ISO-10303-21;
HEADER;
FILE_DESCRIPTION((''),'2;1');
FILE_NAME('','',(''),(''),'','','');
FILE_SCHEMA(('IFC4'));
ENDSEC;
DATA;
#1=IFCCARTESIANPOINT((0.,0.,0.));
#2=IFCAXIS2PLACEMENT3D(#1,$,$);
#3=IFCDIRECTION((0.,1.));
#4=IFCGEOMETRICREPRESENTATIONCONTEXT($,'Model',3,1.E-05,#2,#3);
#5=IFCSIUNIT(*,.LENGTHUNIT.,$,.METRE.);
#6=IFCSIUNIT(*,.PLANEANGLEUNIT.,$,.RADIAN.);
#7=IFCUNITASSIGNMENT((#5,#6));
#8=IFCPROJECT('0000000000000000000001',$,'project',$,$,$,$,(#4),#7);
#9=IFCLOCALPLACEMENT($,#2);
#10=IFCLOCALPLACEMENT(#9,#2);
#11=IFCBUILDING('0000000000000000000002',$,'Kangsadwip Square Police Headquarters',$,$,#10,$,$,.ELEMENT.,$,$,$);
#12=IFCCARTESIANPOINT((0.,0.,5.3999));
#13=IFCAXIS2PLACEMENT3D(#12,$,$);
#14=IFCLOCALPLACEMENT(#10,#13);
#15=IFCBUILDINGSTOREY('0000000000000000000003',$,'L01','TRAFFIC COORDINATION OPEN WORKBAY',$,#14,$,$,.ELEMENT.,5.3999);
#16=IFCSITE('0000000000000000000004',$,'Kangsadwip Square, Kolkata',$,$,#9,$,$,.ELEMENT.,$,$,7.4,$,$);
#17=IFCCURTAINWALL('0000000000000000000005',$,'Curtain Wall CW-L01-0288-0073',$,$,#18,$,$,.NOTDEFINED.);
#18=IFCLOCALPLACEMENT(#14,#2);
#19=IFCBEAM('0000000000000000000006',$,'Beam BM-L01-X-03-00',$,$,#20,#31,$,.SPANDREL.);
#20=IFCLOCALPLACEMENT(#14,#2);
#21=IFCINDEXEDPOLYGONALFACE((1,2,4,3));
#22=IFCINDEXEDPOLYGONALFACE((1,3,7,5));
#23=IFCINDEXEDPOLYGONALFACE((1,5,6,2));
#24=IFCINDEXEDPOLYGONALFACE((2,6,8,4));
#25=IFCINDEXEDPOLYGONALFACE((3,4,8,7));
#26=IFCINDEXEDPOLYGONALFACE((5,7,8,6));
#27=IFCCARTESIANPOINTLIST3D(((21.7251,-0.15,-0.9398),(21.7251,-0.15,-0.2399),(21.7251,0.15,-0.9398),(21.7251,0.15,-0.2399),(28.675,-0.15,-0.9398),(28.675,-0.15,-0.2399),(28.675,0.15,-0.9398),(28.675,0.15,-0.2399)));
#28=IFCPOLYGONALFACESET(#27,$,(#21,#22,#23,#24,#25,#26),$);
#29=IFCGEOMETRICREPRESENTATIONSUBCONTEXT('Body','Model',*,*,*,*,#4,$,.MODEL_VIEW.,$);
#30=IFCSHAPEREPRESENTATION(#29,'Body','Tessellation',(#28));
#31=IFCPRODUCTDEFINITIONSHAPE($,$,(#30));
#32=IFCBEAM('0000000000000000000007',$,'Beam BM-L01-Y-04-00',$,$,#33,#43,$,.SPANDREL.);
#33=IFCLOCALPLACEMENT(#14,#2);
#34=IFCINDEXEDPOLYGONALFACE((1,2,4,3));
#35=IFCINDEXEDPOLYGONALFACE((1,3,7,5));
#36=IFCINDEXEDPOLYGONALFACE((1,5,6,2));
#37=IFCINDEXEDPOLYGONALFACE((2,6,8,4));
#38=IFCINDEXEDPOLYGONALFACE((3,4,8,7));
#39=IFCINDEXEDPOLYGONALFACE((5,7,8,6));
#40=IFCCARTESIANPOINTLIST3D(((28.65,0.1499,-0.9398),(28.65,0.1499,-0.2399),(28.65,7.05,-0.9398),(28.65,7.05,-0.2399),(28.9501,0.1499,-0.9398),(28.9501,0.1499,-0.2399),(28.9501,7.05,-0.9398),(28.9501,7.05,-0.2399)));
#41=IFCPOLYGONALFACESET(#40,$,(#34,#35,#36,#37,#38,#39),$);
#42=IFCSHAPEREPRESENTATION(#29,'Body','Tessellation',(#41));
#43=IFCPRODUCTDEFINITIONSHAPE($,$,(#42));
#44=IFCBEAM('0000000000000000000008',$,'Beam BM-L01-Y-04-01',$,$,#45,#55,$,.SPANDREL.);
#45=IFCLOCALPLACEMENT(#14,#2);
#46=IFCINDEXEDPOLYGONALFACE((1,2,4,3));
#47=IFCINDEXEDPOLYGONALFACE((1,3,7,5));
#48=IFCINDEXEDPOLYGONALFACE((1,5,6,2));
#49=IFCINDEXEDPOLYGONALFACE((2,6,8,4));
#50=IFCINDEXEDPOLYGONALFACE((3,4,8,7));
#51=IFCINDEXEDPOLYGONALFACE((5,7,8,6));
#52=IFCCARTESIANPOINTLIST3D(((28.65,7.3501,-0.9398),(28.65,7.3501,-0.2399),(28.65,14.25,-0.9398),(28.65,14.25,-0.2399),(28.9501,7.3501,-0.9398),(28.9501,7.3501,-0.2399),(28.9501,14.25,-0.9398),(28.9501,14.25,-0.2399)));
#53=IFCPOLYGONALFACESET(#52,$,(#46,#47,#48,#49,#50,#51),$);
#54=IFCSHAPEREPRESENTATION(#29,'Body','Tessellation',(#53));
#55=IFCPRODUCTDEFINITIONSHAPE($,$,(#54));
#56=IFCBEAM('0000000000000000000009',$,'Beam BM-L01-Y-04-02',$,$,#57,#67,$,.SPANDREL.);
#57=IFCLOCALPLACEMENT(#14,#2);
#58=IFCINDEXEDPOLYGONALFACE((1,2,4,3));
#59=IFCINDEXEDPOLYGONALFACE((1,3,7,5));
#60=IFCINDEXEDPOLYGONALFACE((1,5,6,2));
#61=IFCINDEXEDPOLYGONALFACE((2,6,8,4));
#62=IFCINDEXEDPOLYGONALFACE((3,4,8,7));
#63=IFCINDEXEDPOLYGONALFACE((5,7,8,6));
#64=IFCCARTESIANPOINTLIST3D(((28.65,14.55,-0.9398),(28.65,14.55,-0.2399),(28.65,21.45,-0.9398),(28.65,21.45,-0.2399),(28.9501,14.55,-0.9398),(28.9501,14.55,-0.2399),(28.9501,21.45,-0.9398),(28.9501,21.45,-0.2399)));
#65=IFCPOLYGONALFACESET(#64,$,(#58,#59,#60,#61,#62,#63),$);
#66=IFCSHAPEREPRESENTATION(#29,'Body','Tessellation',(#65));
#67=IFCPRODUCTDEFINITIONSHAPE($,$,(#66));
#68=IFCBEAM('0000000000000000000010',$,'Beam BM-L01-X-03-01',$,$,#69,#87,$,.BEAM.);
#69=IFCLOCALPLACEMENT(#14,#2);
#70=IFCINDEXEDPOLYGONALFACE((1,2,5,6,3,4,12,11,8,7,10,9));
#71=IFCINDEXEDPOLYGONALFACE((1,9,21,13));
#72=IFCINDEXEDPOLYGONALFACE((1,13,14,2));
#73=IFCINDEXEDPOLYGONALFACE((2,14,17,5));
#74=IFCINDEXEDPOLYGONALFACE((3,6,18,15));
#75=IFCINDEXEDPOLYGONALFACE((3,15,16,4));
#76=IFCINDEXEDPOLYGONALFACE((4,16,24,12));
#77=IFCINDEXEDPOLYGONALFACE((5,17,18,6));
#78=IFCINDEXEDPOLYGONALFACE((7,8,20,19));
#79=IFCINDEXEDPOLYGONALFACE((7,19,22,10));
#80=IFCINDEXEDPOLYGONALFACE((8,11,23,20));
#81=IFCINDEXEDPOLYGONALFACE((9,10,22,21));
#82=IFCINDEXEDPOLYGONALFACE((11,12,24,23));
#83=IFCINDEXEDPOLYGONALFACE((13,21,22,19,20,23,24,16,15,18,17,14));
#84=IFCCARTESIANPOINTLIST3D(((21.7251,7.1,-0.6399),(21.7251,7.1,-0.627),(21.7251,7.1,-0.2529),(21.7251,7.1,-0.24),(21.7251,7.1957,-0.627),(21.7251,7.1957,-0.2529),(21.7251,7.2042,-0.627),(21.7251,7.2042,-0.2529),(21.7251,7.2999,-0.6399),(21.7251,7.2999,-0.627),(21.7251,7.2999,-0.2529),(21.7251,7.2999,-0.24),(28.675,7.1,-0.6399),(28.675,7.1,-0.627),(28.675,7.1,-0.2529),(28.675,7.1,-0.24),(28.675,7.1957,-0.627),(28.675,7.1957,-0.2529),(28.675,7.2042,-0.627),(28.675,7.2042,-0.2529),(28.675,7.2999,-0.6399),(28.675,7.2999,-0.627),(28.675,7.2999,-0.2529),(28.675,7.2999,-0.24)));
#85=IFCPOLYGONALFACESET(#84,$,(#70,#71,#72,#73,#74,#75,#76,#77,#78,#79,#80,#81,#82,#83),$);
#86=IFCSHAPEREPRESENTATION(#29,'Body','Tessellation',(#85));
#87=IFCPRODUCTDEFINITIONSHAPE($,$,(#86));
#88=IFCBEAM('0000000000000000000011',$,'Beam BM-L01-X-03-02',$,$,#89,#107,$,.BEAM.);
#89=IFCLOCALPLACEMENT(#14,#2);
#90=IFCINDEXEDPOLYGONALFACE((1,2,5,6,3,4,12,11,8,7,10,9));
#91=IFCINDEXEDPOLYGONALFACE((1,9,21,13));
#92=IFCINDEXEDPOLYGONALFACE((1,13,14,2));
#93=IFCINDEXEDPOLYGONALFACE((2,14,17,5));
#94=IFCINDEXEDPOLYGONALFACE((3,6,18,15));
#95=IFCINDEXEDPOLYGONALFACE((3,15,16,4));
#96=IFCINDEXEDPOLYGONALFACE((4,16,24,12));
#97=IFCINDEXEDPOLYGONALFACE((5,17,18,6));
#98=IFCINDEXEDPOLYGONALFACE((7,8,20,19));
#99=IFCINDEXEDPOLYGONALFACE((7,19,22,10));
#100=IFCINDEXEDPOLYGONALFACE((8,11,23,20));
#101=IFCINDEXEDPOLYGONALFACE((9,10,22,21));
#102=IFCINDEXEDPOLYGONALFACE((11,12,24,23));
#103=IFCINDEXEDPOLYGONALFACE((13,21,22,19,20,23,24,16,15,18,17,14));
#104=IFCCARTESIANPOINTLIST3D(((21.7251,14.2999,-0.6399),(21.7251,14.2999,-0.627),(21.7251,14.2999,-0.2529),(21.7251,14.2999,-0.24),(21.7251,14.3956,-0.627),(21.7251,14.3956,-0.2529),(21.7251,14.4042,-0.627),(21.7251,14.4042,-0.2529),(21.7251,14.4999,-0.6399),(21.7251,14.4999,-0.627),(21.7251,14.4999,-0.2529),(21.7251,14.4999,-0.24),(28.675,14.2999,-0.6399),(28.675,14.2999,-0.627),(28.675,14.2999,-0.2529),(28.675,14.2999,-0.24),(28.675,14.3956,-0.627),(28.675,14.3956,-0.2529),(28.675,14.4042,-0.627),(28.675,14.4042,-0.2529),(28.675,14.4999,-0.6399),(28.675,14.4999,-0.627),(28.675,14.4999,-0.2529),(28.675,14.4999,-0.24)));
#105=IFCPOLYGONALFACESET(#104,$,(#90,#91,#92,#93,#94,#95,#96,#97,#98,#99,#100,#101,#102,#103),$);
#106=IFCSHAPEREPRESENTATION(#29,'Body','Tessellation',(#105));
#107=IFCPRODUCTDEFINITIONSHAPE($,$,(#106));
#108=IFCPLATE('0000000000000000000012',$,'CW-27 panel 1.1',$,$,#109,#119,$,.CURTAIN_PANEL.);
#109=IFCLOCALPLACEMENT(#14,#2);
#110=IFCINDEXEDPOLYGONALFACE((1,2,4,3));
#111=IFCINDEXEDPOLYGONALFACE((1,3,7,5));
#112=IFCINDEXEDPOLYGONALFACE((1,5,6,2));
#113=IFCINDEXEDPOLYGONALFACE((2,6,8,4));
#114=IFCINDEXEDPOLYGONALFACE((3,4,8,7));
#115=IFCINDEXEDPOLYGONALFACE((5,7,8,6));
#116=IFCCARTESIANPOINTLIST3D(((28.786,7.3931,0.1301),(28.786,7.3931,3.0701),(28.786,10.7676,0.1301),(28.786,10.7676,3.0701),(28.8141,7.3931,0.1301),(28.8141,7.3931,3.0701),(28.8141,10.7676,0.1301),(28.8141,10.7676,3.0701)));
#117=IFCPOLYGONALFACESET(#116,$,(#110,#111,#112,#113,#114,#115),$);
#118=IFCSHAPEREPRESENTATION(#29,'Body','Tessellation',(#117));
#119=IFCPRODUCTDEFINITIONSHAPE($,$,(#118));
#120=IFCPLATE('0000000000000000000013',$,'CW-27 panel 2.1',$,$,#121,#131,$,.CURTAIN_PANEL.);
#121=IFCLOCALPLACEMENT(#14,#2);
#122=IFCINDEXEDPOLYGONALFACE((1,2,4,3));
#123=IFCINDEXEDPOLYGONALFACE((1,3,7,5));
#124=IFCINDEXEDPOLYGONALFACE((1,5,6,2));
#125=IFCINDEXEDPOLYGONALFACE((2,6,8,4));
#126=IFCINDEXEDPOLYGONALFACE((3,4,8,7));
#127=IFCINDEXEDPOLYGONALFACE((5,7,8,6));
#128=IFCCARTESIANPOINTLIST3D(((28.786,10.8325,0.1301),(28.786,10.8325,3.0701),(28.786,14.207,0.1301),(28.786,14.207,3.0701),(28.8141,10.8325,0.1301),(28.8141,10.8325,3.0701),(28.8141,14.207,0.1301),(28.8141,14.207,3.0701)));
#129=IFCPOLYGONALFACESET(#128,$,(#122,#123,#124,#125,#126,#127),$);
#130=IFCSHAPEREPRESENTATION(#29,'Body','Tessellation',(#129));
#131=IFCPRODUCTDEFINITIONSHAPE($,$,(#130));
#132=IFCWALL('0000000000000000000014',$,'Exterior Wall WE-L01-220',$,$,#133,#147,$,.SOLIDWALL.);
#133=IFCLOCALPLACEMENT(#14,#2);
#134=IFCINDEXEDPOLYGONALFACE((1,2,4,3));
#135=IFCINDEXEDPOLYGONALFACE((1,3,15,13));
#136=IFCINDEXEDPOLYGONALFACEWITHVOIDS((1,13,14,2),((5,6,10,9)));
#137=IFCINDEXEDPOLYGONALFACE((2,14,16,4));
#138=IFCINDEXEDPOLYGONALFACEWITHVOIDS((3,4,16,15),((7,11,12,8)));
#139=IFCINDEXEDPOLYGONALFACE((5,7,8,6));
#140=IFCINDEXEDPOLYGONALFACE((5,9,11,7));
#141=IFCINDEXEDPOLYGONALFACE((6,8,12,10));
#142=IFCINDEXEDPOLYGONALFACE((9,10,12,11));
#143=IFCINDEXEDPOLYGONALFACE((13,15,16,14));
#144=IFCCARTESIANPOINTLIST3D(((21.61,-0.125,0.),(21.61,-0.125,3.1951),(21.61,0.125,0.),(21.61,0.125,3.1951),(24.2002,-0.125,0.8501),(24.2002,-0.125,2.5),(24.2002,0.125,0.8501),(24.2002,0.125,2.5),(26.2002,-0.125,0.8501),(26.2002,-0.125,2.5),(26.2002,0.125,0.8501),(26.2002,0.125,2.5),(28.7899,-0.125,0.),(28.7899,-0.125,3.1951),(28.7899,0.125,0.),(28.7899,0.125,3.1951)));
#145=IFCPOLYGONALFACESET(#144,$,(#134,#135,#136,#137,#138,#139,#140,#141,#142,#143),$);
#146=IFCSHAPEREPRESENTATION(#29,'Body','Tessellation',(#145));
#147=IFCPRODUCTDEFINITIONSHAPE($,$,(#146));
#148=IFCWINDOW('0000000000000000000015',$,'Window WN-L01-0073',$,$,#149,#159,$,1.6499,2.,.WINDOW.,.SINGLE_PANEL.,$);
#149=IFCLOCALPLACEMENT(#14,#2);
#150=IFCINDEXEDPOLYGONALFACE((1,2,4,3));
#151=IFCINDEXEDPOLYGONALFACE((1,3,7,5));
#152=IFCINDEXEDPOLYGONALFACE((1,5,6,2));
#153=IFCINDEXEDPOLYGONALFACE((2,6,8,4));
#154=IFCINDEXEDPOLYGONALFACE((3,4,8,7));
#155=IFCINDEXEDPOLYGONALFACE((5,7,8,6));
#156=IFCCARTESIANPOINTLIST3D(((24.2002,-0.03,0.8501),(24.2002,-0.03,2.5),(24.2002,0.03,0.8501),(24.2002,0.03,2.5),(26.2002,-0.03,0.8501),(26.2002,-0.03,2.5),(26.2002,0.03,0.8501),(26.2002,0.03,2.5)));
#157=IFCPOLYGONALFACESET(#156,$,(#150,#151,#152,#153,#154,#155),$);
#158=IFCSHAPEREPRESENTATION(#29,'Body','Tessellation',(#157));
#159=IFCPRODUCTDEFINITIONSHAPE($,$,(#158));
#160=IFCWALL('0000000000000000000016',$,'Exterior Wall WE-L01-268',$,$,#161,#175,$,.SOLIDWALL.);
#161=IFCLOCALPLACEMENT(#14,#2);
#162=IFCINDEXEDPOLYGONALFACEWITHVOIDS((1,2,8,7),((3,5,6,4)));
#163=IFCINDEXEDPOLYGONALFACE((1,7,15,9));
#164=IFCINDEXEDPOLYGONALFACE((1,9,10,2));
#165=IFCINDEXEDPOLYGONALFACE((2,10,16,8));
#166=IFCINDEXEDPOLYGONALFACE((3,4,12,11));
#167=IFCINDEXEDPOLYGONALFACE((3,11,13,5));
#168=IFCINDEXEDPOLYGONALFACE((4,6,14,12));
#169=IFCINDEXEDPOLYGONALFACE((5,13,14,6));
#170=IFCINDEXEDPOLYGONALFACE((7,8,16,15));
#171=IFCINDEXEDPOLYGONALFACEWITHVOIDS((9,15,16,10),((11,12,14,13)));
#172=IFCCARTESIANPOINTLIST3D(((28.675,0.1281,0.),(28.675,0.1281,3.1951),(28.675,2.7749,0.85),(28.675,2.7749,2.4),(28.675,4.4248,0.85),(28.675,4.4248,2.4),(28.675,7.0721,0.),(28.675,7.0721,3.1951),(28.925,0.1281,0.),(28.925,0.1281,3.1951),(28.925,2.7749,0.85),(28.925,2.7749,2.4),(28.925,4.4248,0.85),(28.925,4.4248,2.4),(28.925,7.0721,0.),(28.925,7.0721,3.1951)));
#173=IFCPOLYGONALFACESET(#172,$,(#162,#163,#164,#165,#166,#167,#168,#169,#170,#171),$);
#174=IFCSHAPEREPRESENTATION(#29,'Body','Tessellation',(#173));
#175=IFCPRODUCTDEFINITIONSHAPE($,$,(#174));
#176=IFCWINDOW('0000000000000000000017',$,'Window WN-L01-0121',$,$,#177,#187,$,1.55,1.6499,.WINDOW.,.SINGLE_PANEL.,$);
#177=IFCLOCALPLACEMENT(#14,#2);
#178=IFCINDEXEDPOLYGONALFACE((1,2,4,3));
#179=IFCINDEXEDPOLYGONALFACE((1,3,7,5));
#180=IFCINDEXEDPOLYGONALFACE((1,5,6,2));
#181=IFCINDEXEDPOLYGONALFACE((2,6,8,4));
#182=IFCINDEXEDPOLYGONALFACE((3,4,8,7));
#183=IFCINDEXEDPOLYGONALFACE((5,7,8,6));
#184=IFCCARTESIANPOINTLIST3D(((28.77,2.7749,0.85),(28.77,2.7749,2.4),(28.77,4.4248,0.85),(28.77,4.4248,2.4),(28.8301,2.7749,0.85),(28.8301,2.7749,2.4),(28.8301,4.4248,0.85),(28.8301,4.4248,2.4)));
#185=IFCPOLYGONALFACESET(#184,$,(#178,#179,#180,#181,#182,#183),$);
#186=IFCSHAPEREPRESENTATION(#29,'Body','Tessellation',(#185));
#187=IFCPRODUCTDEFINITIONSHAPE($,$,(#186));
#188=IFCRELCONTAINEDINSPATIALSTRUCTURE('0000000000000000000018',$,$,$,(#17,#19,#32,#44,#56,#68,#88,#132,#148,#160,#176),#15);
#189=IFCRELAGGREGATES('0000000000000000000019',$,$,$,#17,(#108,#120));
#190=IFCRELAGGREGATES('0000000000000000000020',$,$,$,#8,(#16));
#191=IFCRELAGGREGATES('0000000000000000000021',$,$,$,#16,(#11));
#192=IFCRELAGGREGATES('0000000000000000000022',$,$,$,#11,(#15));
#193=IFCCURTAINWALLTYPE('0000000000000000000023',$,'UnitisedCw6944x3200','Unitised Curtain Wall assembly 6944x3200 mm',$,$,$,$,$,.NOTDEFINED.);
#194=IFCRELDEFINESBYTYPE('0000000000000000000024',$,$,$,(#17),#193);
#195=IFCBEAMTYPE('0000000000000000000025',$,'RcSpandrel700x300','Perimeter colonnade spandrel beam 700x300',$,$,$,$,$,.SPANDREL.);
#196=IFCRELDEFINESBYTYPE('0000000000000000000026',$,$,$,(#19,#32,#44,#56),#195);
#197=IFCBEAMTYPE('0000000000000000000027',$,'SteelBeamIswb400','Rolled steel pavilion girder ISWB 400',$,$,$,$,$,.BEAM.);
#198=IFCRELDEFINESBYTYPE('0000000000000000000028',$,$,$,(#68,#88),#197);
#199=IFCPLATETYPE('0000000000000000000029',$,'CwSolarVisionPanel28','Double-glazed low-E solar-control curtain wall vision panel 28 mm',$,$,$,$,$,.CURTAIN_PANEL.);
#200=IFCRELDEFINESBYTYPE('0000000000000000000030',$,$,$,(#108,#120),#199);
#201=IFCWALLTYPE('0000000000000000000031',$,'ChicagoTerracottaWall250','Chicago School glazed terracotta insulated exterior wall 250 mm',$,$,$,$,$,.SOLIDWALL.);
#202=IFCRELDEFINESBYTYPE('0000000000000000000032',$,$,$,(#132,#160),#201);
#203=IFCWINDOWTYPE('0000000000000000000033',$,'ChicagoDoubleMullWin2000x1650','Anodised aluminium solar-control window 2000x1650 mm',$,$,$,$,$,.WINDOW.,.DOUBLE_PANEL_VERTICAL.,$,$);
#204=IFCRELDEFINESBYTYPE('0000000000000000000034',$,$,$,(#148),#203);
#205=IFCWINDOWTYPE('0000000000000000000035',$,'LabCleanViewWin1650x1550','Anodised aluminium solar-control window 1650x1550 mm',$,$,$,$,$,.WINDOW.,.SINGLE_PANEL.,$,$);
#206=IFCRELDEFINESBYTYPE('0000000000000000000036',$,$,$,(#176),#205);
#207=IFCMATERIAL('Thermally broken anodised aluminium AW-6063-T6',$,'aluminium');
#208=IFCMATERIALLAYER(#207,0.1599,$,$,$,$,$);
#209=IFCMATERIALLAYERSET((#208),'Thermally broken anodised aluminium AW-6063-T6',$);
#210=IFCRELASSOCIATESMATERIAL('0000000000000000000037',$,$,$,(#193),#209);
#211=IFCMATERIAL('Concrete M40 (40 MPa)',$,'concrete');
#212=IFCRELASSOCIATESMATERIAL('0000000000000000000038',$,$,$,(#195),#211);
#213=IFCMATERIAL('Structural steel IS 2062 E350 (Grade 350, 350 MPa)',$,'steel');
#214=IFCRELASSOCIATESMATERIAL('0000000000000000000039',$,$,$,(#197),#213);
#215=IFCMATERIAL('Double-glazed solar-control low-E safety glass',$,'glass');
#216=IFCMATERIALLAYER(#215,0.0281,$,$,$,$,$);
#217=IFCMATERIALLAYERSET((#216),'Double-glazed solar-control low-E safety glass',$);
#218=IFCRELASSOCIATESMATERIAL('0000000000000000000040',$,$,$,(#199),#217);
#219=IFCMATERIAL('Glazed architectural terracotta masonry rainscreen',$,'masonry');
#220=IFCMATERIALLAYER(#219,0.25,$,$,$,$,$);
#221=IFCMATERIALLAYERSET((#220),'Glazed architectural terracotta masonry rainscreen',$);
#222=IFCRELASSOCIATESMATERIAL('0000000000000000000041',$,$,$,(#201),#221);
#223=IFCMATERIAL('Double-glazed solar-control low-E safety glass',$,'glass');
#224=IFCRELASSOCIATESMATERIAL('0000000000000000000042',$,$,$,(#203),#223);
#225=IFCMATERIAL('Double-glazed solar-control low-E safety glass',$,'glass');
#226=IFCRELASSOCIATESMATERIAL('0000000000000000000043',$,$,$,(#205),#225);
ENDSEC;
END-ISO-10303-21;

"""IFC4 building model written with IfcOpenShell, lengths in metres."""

from ifc_helpers import new_model, si_unit, direction, frame, frame_2d, origin, origin_2d, place, context, subcontext, project, spatial, rectangle, i_section, extrude, material, layer, layer_set, material_profile, profile_set, type_object, element, fill, aggregate, save


model = new_model("IFC4")

# Units and contexts
model_context = context("Model", 3, precision=1e-05, world=origin(), true_north=direction((0.0, 1.0)))
body_context = subcontext(model_context, "Body", "Model", "MODEL_VIEW")
ifc_project = project(units=[si_unit("LENGTHUNIT", "METRE"), si_unit("PLANEANGLEUNIT", "RADIAN")], contexts=[model_context])

# Site, building, storey
site_placement = place(None, origin())
site = spatial("IfcSite", under=ifc_project, at=site_placement, Name="Kangsadwip Square, Kolkata", CompositionType="ELEMENT", RefElevation=7.4)
building_placement = place(site_placement, origin())
building = spatial("IfcBuilding", under=site, at=building_placement, Name="Kangsadwip Square Police Headquarters", CompositionType="ELEMENT")
storey_placement = place(building_placement, frame((0.0, 0.0, 5.3999)))
storey = spatial("IfcBuildingStorey", under=building, at=storey_placement, Name="L01", Description="TRAFFIC COORDINATION OPEN WORKBAY", CompositionType="ELEMENT", Elevation=5.3999)

# Curtain wall
ifc_material_1 = material(Name="Thermally broken anodised aluminium AW-6063-T6", Category="aluminium")
ifc_layer_1 = layer(ifc_material_1, 0.1599)
ifc_layer_set_1 = layer_set([ifc_layer_1], Name="Thermally broken anodised aluminium AW-6063-T6")
curtain_wall_type = type_object("IfcCurtainWallType", Name="UnitisedCw6944x3200", Description="Unitised Curtain Wall assembly 6944x3200 mm", PredefinedType="NOTDEFINED", material=ifc_layer_set_1)
curtain_wall_placement = place(storey_placement, origin())
curtain_wall = element("IfcCurtainWall", 1, at=curtain_wall_placement, inside=storey, type_object=curtain_wall_type, Name="Curtain Wall CW-L01-0288-0073", PredefinedType="NOTDEFINED")

# Beams
ifc_material_2 = material(Name="Concrete M40 (40 MPa)", Category="concrete")
ifc_material_profile_1 = material_profile(ifc_material_2, rectangle(XDim=0.3, YDim=0.7, at=origin_2d()), Name="RC SPN 700X300")
ifc_profile_set_1 = profile_set([ifc_material_profile_1], Name="Concrete M40 (40 MPa)")
beam_type_1 = type_object("IfcBeamType", Name="RcSpandrel700x300", Description="Perimeter colonnade spandrel beam 700x300", PredefinedType="SPANDREL", material=ifc_profile_set_1)
beam_1_placement = place(storey_placement, frame((21.7251, 0.0, -0.5898), z_axis=(1.0, 0.0, 0.0), x_axis=(0.0, 1.0, 0.0)))
element("IfcBeam", 2, at=beam_1_placement, inside=storey, type_object=beam_type_1, Name="Beam BM-L01-X-03-00", PredefinedType="SPANDREL", context=body_context, shape_type="SweptSolid", body=[
    extrude(rectangle(XDim=0.3, YDim=0.7, at=origin_2d()), origin(), (0.0, 0.0, 1.0), 6.95),
])
beam_2_placement = place(storey_placement, frame((28.8, 0.1499, -0.5898), z_axis=(0.0, 1.0, 0.0), x_axis=(-1.0, 0.0, 0.0)))
element("IfcBeam", 3, at=beam_2_placement, inside=storey, type_object=beam_type_1, Name="Beam BM-L01-Y-04-00", PredefinedType="SPANDREL", context=body_context, shape_type="SweptSolid", body=[
    extrude(rectangle(XDim=0.3, YDim=0.7, at=origin_2d()), origin(), (0.0, 0.0, 1.0), 6.9001),
])
for number, where, z_axis, x_axis, name in (
    (4, (28.8, 7.3501, -0.5898), (0.0, 1.0, 0.0), (-1.0, 0.0, 0.0), "Beam BM-L01-Y-04-01"),
    (5, (28.8, 14.55, -0.5898), (0.0, 1.0, 0.0), (-1.0, 0.0, 0.0), "Beam BM-L01-Y-04-02"),
):
    element("IfcBeam", number, at=place(storey_placement, frame(where, z_axis=z_axis, x_axis=x_axis)), inside=storey, type_object=beam_type_1, Name=name, PredefinedType="SPANDREL", context=body_context, shape_type="SweptSolid", body=[
        extrude(rectangle(XDim=0.3, YDim=0.7, at=origin_2d()), origin(), (0.0, 0.0, 1.0), 6.8999),
    ])
ifc_material_3 = material(Name="Structural steel IS 2062 E350 (Grade 350, 350 MPa)", Category="steel")
ifc_material_profile_2 = material_profile(ifc_material_3, i_section(OverallWidth=0.2, OverallDepth=0.3999, WebThickness=0.0085, FlangeThickness=0.0129, at=origin_2d()), Name="ISWB 400")
ifc_profile_set_2 = profile_set([ifc_material_profile_2], Name="Structural steel IS 2062 E350 (Grade 350, 350 MPa)")
beam_type_2 = type_object("IfcBeamType", Name="SteelBeamIswb400", Description="Rolled steel pavilion girder ISWB 400", PredefinedType="BEAM", material=ifc_profile_set_2)
for number, where, z_axis, x_axis, name in (
    (6, (21.7251, 7.2, -0.4399), (1.0, 0.0, 0.0), (0.0, 1.0, 0.0), "Beam BM-L01-X-03-01"),
    (7, (21.7251, 14.3999, -0.4399), (1.0, 0.0, 0.0), (0.0, 1.0, 0.0), "Beam BM-L01-X-03-02"),
):
    element("IfcBeam", number, at=place(storey_placement, frame(where, z_axis=z_axis, x_axis=x_axis)), inside=storey, type_object=beam_type_2, Name=name, PredefinedType="BEAM", context=body_context, shape_type="SweptSolid", body=[
        extrude(i_section(OverallWidth=0.2, OverallDepth=0.3999, WebThickness=0.0085, FlangeThickness=0.0129, at=origin_2d()), origin(), (0.0, 0.0, 1.0), 6.95),
    ])

# Plates
ifc_material_4 = material(Name="Double-glazed solar-control low-E safety glass", Category="glass")
ifc_layer_2 = layer(ifc_material_4, 0.0281)
ifc_layer_set_2 = layer_set([ifc_layer_2], Name="Double-glazed solar-control low-E safety glass")
plate_type = type_object("IfcPlateType", Name="CwSolarVisionPanel28", Description="Double-glazed low-E solar-control curtain wall vision panel 28 mm", PredefinedType="CURTAIN_PANEL", material=ifc_layer_set_2)
plate_1_placement = place(storey_placement, frame((28.8, 9.0803, 0.1301), z_axis=(0.0, 0.0, 1.0), x_axis=(0.0, 1.0, 0.0)))
plate_1 = element("IfcPlate", 8, at=plate_1_placement, type_object=plate_type, Name="CW-27 panel 1.1", PredefinedType="CURTAIN_PANEL", context=body_context, shape_type="SweptSolid", body=[
    extrude(rectangle(XDim=3.3745, YDim=0.0281, at=origin_2d()), origin(), (0.0, 0.0, 1.0), 2.9399),
])
plate_2_placement = place(storey_placement, frame((28.8, 12.5198, 0.1301), z_axis=(0.0, 0.0, 1.0), x_axis=(0.0, 1.0, 0.0)))
plate_2 = element("IfcPlate", 9, at=plate_2_placement, type_object=plate_type, Name="CW-27 panel 2.1", PredefinedType="CURTAIN_PANEL", context=body_context, shape_type="SweptSolid", body=[
    extrude(rectangle(XDim=3.3745, YDim=0.0281, at=origin_2d()), origin(), (0.0, 0.0, 1.0), 2.9399),
])
aggregate(curtain_wall, [plate_1, plate_2])

# Walls, openings, windows
ifc_material_5 = material(Name="Glazed architectural terracotta masonry rainscreen", Category="masonry")
ifc_layer_3 = layer(ifc_material_5, 0.25)
ifc_layer_set_3 = layer_set([ifc_layer_3], Name="Glazed architectural terracotta masonry rainscreen")
wall_type = type_object("IfcWallType", Name="ChicagoTerracottaWall250", Description="Chicago School glazed terracotta insulated exterior wall 250 mm", PredefinedType="SOLIDWALL", material=ifc_layer_set_3)
wall_1_placement = place(storey_placement, frame((21.6101, 0.0, 0.0), z_axis=(0.0, 0.0, 1.0), x_axis=(1.0, 0.0, 0.0)))
wall_1 = element("IfcWall", 10, at=wall_1_placement, inside=storey, type_object=wall_type, Name="Exterior Wall WE-L01-220", PredefinedType="SOLIDWALL", context=body_context, shape_type="SweptSolid", body=[
    extrude(rectangle(XDim=7.1799, YDim=0.25, at=frame_2d((3.5898, 0.0))), origin(), (0.0, 0.0, 1.0), 3.1951),
])
opening_1_placement = place(wall_1_placement, frame((2.5901, 0.0, 0.8501)))
opening_1 = element("IfcOpeningElement", 11, at=opening_1_placement, cuts=wall_1, PredefinedType="OPENING", context=body_context, shape_type="SweptSolid", body=[
    extrude(rectangle(XDim=2.0, YDim=1.6499, at=frame_2d((1.0, 0.825))), frame((0.0, 0.135, 0.0), z_axis=(0.0, -1.0, 0.0), x_axis=(1.0, 0.0, 0.0)), (0.0, 0.0, 1.0), 0.27),
])
ifc_material_6 = material(Name="Double-glazed solar-control low-E safety glass", Category="glass")
window_type_1 = type_object("IfcWindowType", Name="ChicagoDoubleMullWin2000x1650", Description="Anodised aluminium solar-control window 2000x1650 mm", PartitioningType="DOUBLE_PANEL_VERTICAL", PredefinedType="WINDOW", material=ifc_material_6)
window_1_placement = place(opening_1_placement, origin())
window_1 = element("IfcWindow", 12, at=window_1_placement, inside=storey, type_object=window_type_1, Name="Window WN-L01-0073", OverallHeight=1.6499, OverallWidth=2.0, PartitioningType="SINGLE_PANEL", PredefinedType="WINDOW", context=body_context, shape_type="SweptSolid", body=[
    extrude(rectangle(XDim=2.0, YDim=1.6499, at=frame_2d((1.0, 0.825))), frame((0.0, 0.03, 0.0), z_axis=(0.0, -1.0, 0.0), x_axis=(1.0, 0.0, 0.0)), (0.0, 0.0, 1.0), 0.0601),
])
fill(opening_1, window_1)
wall_2_placement = place(storey_placement, frame((28.8, 0.1279, 0.0), z_axis=(0.0, 0.0, 1.0), x_axis=(0.0, 1.0, 0.0)))
wall_2 = element("IfcWall", 13, at=wall_2_placement, inside=storey, type_object=wall_type, Name="Exterior Wall WE-L01-268", PredefinedType="SOLIDWALL", context=body_context, shape_type="SweptSolid", body=[
    extrude(rectangle(XDim=6.9441, YDim=0.25, at=frame_2d((3.4722, 0.0))), origin(), (0.0, 0.0, 1.0), 3.1951),
])
opening_2_placement = place(wall_2_placement, frame((2.647, 0.0, 0.8501)))
opening_2 = element("IfcOpeningElement", 14, at=opening_2_placement, cuts=wall_2, PredefinedType="OPENING", context=body_context, shape_type="SweptSolid", body=[
    extrude(rectangle(XDim=1.6499, YDim=1.55, at=frame_2d((0.825, 0.7749))), frame((0.0, 0.135, 0.0), z_axis=(0.0, -1.0, 0.0), x_axis=(1.0, 0.0, 0.0)), (0.0, 0.0, 1.0), 0.27),
])
ifc_material_7 = material(Name="Double-glazed solar-control low-E safety glass", Category="glass")
window_type_2 = type_object("IfcWindowType", Name="LabCleanViewWin1650x1550", Description="Anodised aluminium solar-control window 1650x1550 mm", PartitioningType="SINGLE_PANEL", PredefinedType="WINDOW", material=ifc_material_7)
window_2_placement = place(opening_2_placement, origin())
window_2 = element("IfcWindow", 15, at=window_2_placement, inside=storey, type_object=window_type_2, Name="Window WN-L01-0121", OverallHeight=1.55, OverallWidth=1.6499, PartitioningType="SINGLE_PANEL", PredefinedType="WINDOW", context=body_context, shape_type="SweptSolid", body=[
    extrude(rectangle(XDim=1.6499, YDim=1.55, at=frame_2d((0.825, 0.7749))), frame((0.0, 0.03, 0.0), z_axis=(0.0, -1.0, 0.0), x_axis=(1.0, 0.0, 0.0)), (0.0, 0.0, 1.0), 0.0601),
])
fill(opening_2, window_2)

save(model, "model.ifc")
